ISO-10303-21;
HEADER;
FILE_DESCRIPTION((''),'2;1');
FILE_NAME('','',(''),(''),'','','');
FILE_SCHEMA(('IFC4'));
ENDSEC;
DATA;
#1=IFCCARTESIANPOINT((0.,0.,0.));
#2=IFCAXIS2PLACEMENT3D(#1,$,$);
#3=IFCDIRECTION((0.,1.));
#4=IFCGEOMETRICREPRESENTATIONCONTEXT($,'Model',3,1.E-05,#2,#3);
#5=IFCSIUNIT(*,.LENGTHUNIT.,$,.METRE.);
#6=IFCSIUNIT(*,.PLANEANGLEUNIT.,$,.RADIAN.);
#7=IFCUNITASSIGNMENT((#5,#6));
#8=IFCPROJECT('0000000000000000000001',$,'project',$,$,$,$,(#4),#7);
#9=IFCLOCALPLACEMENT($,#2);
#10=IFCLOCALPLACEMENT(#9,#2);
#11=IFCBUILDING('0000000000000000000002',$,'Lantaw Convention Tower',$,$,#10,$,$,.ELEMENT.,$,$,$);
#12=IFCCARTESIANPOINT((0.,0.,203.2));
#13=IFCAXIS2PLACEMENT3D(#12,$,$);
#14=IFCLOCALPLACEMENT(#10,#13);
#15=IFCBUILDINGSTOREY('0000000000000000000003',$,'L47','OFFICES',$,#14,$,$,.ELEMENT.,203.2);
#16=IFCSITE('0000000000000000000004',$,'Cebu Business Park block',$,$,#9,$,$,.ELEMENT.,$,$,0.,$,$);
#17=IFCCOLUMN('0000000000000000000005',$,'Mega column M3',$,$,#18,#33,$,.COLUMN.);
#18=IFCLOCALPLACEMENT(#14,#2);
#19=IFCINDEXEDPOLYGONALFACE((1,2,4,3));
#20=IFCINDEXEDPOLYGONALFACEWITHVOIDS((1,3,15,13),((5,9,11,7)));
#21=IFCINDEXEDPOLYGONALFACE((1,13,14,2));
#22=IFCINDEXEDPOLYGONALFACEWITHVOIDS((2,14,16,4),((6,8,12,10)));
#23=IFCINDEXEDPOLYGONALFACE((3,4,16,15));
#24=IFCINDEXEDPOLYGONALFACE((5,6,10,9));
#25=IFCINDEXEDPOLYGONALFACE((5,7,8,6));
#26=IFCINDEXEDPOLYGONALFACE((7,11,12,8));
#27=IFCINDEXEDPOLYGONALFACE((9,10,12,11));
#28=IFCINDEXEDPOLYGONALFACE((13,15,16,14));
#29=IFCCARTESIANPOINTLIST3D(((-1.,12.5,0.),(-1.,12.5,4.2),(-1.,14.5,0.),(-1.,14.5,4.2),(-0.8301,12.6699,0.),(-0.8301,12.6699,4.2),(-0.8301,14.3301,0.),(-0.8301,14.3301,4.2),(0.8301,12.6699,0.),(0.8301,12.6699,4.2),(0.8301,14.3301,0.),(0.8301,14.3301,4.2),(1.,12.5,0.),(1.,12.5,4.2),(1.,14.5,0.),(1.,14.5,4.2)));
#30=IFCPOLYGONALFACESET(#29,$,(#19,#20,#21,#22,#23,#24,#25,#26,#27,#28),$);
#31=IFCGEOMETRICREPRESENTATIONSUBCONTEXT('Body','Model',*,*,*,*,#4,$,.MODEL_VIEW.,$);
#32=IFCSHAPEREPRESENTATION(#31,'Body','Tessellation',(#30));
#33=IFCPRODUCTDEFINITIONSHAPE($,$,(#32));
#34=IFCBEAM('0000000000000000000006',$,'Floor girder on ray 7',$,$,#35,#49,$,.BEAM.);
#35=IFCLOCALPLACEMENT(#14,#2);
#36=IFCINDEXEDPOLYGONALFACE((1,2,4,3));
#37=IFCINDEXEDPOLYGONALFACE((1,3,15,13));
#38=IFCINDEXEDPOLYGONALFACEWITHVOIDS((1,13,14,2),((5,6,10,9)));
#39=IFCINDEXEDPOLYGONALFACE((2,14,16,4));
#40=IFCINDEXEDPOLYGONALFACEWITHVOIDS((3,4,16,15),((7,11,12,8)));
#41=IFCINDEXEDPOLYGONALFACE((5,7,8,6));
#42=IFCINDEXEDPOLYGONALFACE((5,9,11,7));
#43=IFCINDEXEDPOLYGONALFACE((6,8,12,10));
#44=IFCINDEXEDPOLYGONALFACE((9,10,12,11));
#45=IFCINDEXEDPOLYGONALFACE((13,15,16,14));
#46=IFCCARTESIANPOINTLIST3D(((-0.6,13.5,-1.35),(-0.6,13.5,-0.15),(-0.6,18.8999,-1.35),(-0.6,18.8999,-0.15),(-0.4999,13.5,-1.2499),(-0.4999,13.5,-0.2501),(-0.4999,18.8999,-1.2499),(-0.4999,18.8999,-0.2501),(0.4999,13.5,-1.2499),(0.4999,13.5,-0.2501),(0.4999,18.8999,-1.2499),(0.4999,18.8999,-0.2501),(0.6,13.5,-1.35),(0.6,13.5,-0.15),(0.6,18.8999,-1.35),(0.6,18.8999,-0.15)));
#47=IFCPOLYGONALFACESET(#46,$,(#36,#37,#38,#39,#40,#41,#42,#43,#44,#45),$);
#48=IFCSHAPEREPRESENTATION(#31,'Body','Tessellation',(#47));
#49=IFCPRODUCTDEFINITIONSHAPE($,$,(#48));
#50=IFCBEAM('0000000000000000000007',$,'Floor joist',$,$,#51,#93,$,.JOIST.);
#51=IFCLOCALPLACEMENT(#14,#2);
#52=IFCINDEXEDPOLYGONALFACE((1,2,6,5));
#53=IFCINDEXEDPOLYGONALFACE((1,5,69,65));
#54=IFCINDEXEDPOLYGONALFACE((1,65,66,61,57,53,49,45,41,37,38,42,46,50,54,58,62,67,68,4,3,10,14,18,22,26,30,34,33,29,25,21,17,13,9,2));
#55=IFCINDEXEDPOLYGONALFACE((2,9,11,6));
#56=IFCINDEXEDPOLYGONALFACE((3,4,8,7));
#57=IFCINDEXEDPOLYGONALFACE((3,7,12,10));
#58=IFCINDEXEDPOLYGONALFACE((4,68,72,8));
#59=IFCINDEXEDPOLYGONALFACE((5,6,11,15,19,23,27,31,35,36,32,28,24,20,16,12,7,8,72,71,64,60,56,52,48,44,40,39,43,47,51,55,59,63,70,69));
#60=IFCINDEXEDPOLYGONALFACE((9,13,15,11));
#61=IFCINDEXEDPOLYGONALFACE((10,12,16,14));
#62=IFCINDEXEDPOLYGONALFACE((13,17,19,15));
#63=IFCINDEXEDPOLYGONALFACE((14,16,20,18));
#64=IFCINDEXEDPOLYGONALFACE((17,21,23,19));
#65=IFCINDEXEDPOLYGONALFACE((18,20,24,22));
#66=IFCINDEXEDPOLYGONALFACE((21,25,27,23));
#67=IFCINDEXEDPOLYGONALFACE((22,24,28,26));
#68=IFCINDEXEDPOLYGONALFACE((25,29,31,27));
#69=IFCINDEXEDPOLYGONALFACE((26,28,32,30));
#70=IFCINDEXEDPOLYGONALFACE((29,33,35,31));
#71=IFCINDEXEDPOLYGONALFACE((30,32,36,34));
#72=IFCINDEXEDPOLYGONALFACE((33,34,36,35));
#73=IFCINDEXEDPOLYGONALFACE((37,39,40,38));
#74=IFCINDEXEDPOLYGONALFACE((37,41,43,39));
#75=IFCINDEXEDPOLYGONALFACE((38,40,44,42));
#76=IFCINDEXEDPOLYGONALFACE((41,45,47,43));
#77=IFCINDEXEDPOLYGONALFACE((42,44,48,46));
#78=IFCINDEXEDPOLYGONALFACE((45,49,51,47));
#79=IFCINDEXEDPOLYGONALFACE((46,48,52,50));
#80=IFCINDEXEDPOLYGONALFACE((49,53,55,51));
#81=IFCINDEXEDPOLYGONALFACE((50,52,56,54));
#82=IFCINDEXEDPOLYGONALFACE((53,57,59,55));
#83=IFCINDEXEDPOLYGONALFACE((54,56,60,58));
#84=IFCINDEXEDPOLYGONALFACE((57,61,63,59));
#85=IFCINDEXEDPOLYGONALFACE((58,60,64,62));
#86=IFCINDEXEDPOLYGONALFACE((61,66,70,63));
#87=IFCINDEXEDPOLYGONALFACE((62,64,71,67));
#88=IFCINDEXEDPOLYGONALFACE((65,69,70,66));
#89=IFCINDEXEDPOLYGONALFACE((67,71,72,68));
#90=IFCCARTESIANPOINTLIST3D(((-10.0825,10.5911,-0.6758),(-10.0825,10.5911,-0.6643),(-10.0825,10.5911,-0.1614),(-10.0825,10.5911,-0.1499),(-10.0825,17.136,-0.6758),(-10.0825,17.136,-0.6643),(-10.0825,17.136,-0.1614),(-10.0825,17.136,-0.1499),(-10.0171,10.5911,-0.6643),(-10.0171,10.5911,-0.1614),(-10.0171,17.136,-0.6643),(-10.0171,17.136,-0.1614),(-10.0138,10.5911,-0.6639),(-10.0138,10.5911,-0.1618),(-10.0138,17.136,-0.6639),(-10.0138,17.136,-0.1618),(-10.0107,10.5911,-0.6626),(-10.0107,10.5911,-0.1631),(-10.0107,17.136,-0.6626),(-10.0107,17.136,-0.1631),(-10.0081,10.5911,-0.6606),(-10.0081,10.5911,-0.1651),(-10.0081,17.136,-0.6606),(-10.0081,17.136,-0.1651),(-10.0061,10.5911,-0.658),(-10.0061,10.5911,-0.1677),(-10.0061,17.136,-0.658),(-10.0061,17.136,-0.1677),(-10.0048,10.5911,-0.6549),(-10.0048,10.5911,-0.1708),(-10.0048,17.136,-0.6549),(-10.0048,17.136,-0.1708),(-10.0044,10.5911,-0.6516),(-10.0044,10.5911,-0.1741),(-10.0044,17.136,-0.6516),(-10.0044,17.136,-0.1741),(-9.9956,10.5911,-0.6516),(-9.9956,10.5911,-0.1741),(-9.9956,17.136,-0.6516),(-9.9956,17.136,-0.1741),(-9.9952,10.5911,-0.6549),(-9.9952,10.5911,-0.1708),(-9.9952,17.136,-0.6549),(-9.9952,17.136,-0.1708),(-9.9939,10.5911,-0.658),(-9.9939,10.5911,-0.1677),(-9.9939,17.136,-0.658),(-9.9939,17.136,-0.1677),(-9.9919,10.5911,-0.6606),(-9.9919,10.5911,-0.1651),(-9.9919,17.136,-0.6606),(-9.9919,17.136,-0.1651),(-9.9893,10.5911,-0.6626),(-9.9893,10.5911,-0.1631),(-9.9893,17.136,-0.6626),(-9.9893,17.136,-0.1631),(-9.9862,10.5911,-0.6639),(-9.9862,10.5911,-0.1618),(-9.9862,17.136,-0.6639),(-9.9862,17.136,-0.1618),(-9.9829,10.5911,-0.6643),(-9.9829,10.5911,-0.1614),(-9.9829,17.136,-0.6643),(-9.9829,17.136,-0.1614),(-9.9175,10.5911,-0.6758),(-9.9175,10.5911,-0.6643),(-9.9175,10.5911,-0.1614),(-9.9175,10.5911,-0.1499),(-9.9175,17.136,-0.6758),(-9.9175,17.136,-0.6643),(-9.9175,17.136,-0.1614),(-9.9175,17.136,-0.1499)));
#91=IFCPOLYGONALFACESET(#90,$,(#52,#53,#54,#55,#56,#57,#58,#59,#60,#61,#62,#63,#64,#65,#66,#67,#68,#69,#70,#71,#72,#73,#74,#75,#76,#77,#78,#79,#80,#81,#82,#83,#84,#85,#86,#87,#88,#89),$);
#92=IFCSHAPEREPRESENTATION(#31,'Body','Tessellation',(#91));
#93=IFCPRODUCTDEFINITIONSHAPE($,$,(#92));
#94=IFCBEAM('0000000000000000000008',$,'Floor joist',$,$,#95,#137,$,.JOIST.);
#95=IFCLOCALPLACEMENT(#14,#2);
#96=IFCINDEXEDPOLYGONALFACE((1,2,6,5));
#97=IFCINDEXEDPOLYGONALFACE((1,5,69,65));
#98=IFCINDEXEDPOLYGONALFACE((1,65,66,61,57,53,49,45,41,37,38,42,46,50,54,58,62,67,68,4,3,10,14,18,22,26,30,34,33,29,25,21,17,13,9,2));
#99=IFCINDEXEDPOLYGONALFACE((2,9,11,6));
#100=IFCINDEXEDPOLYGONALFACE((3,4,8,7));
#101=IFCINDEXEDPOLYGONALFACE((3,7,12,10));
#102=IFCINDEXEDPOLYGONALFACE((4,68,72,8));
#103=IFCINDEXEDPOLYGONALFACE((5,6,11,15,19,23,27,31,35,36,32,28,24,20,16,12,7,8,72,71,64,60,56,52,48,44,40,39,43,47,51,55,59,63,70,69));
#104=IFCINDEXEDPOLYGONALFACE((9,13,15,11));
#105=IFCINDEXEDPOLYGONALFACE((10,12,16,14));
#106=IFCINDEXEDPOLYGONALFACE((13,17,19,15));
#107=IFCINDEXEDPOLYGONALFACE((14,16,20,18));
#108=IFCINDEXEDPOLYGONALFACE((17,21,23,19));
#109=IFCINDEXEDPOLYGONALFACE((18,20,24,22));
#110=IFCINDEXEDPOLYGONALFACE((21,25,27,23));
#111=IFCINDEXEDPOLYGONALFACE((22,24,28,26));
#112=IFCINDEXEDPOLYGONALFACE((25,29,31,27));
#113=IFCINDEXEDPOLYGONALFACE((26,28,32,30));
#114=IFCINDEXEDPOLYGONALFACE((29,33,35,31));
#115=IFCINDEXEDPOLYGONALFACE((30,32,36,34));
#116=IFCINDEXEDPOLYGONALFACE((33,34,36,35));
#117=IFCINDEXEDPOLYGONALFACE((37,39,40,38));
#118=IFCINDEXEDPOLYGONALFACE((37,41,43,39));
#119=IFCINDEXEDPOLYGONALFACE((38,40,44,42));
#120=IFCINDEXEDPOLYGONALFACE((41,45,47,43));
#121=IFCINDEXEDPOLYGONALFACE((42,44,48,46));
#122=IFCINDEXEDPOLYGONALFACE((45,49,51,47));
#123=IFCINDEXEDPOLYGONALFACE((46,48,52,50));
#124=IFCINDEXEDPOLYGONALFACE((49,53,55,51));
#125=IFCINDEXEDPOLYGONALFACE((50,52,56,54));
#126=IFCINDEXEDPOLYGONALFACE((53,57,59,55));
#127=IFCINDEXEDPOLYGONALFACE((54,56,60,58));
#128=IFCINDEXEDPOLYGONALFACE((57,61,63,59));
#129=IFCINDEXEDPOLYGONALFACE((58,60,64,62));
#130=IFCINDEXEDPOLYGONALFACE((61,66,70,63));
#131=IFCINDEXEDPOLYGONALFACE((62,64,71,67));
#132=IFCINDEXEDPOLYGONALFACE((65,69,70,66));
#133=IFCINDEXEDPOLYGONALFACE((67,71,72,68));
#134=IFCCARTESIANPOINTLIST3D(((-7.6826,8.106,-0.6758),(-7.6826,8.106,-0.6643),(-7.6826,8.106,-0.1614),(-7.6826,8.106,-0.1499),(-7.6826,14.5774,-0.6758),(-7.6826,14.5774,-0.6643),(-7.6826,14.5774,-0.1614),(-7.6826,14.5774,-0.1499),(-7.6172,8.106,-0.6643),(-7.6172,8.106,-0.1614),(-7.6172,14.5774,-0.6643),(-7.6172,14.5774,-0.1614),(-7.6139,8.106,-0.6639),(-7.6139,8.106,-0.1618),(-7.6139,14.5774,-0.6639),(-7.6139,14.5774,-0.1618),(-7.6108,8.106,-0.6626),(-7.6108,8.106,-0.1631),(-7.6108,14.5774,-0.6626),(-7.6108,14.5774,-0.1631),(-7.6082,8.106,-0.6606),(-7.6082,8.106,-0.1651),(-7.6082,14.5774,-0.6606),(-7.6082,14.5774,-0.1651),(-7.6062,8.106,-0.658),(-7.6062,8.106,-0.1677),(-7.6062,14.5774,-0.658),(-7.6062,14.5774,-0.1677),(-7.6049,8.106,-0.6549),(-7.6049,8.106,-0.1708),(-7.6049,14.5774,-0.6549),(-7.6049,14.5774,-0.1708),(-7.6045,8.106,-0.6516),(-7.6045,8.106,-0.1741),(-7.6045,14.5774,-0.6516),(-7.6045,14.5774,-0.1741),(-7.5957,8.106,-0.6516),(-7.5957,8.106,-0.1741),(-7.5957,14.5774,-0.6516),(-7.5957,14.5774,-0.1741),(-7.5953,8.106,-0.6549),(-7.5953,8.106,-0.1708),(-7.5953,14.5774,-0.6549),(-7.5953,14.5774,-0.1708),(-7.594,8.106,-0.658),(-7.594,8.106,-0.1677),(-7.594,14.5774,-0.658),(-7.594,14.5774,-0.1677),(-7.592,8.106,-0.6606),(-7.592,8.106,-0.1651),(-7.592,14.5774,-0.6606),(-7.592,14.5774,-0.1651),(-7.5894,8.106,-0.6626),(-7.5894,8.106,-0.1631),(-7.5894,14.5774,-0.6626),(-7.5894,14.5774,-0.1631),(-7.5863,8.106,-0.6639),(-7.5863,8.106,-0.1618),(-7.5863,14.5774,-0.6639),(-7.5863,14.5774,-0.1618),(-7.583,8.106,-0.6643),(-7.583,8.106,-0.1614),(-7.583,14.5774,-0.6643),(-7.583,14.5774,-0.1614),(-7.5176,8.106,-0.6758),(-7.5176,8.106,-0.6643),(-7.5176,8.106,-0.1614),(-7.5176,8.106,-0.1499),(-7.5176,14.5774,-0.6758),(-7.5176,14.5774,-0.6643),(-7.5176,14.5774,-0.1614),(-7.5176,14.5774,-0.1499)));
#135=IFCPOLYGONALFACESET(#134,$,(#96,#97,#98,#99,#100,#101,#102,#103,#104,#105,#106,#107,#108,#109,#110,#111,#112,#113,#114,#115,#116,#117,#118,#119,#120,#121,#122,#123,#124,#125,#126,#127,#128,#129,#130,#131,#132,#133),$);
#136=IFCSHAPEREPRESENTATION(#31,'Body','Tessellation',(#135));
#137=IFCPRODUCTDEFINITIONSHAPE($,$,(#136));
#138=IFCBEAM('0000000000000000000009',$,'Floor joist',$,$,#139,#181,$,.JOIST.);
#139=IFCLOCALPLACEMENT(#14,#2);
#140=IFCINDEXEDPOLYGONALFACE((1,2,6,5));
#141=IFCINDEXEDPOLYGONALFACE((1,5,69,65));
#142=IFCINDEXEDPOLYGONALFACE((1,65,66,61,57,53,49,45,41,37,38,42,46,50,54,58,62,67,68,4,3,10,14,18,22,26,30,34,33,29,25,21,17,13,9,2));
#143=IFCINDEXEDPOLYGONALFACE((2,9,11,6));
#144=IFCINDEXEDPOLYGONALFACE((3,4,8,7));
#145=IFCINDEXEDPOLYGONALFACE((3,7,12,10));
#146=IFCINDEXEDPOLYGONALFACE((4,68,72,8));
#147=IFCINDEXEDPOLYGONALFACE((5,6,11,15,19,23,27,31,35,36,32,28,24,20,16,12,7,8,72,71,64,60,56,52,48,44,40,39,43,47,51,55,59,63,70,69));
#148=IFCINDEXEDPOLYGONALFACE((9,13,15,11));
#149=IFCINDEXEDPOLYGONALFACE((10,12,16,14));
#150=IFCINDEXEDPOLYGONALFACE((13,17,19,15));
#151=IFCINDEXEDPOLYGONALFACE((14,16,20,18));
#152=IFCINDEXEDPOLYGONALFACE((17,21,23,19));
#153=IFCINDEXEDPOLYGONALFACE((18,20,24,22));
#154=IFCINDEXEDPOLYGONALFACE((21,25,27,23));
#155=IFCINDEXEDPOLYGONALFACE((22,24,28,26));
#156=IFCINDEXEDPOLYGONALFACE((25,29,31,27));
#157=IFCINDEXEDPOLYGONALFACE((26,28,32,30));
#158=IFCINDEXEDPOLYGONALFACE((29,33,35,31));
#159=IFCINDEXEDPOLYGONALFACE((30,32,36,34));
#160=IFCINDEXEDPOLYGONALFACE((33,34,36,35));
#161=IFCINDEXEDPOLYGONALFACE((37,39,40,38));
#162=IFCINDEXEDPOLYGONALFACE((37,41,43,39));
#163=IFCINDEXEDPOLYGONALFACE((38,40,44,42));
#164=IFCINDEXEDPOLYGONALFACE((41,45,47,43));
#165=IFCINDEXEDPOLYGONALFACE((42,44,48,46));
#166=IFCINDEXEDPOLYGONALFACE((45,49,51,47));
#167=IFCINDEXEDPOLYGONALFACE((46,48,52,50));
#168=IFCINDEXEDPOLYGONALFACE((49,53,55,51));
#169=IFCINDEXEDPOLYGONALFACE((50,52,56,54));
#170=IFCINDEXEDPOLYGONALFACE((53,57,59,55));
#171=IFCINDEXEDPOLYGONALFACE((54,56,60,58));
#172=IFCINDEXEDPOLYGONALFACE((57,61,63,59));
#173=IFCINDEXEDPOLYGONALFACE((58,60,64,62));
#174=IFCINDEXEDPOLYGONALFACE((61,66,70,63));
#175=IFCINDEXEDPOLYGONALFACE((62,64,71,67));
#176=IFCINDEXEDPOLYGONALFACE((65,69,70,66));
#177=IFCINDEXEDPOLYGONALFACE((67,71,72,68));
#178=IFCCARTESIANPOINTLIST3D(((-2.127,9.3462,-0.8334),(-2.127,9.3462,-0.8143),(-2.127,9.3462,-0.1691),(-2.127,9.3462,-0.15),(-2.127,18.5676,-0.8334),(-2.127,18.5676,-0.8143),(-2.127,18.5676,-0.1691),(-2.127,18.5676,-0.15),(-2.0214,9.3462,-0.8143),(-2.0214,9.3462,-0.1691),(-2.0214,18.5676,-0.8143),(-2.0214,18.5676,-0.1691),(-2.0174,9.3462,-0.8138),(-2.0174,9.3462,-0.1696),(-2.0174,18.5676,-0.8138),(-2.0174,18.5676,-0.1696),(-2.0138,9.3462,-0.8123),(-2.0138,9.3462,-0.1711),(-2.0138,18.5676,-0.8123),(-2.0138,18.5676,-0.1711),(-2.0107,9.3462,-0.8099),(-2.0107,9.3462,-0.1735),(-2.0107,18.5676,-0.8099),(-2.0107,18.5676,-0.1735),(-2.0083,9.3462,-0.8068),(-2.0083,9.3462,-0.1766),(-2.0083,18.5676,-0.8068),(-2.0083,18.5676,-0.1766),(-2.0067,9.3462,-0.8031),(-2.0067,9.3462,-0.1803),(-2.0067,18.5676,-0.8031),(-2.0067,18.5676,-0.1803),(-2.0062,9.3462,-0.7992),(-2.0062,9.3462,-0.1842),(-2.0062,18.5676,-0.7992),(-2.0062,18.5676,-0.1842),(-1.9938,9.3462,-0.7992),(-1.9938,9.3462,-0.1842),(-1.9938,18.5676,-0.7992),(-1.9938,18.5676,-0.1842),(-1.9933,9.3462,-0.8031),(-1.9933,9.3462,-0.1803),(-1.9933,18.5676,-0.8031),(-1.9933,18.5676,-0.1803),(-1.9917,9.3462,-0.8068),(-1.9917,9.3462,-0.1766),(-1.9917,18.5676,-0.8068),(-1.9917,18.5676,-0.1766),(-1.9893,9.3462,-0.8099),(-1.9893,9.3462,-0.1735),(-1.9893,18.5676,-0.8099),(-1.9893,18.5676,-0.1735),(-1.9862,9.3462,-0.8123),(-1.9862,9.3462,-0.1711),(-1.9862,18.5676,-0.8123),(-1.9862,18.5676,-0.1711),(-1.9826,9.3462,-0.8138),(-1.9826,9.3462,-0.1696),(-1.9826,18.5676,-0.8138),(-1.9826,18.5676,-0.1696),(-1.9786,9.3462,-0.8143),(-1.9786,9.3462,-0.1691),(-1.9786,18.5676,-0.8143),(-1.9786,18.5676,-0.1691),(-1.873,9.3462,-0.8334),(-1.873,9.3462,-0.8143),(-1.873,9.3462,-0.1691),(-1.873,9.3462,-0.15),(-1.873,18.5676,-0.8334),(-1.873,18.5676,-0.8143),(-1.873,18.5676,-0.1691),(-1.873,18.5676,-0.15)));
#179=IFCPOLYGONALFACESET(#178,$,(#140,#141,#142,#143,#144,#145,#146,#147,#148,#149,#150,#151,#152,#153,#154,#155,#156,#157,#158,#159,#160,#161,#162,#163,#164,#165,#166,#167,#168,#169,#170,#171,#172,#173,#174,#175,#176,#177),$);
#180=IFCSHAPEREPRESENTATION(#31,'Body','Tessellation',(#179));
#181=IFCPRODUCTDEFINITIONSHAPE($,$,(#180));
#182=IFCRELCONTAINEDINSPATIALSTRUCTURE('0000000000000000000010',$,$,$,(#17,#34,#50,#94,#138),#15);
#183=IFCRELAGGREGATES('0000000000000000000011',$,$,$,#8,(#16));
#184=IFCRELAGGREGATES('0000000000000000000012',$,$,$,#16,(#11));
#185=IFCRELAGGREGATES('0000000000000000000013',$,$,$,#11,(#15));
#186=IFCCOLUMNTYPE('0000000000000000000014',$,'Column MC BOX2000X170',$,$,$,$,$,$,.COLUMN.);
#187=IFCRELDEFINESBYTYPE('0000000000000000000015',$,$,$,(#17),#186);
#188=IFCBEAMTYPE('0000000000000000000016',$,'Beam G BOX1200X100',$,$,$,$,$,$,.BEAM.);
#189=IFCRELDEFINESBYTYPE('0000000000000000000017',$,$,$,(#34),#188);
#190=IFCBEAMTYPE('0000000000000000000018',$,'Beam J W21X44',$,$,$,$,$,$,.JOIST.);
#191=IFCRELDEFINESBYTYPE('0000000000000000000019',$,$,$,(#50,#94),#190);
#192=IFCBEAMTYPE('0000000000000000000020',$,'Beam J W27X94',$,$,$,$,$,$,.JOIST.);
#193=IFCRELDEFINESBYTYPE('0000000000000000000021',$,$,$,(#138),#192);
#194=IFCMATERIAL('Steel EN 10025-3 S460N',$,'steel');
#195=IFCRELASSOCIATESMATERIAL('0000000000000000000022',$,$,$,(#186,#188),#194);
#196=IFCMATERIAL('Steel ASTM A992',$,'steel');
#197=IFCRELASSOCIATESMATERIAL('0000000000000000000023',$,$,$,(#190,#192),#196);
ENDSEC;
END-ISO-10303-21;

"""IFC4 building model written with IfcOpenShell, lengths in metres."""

from ifc_helpers import new_model, si_unit, direction, frame, origin, origin_2d, place, context, subcontext, project, spatial, rectangle, hollow_rectangle, i_section, extrude, material, material_profile, profile_set, type_object, element, save


model = new_model("IFC4")

# Units and contexts
model_context = context("Model", 3, precision=1e-05, world=origin(), true_north=direction((0.0, 1.0)))
body_context = subcontext(model_context, "Body", "Model", "MODEL_VIEW")
ifc_project = project(units=[si_unit("LENGTHUNIT", "METRE"), si_unit("PLANEANGLEUNIT", "RADIAN")], contexts=[model_context])

# Site, building, storey
site_placement = place(None, origin())
site = spatial("IfcSite", under=ifc_project, at=site_placement, Name="Cebu Business Park block", CompositionType="ELEMENT", RefElevation=0.0)
building_placement = place(site_placement, origin())
building = spatial("IfcBuilding", under=site, at=building_placement, Name="Lantaw Convention Tower", CompositionType="ELEMENT")
storey_placement = place(building_placement, frame((0.0, 0.0, 203.2)))
storey = spatial("IfcBuildingStorey", under=building, at=storey_placement, Name="L47", Description="OFFICES", CompositionType="ELEMENT", Elevation=203.2)

# Column
ifc_material_1 = material(Name="Steel EN 10025-3 S460N", Category="steel")
ifc_material_profile_1 = material_profile(ifc_material_1, hollow_rectangle(XDim=2.0, YDim=2.0, WallThickness=0.1699, at=origin_2d()), Name="BOX2000X170")
ifc_material_2 = material(Name="Concrete C60/75", Category="concrete")
ifc_material_profile_2 = material_profile(ifc_material_2, rectangle(XDim=1.6599, YDim=1.6599, at=origin_2d()), Name="Concrete fill of BOX2000X170")
ifc_profile_set_1 = profile_set([ifc_material_profile_1, ifc_material_profile_2], Name="Steel EN 10025-3 S460N")
column_type = type_object("IfcColumnType", Name="Column MC BOX2000X170", PredefinedType="COLUMN", material=ifc_profile_set_1)
column_placement = place(storey_placement, frame((0.0, 13.5, 0.0), z_axis=(0.0, 0.0, 1.0), x_axis=(1.0, 0.0, 0.0)))
element("IfcColumn", 1, at=column_placement, inside=storey, type_object=column_type, Name="Mega column M3", PredefinedType="COLUMN", context=body_context, shape_type="SweptSolid", body=[
    extrude(hollow_rectangle(XDim=2.0, YDim=2.0, WallThickness=0.1699, at=origin_2d()), origin(), (0.0, 0.0, 1.0), 4.2),
])

# Beams
ifc_material_profile_3 = material_profile(ifc_material_1, hollow_rectangle(XDim=1.2, YDim=1.2, WallThickness=0.1001, at=origin_2d()), Name="BOX1200X100")
ifc_profile_set_2 = profile_set([ifc_material_profile_3], Name="Steel EN 10025-3 S460N")
beam_type_1 = type_object("IfcBeamType", Name="Beam G BOX1200X100", PredefinedType="BEAM", material=ifc_profile_set_2)
beam_1_placement = place(storey_placement, frame((0.0, 13.5, -0.75), z_axis=(0.0, 1.0, 0.0), x_axis=(-1.0, 0.0, 0.0)))
element("IfcBeam", 2, at=beam_1_placement, inside=storey, type_object=beam_type_1, Name="Floor girder on ray 7", PredefinedType="BEAM", context=body_context, shape_type="SweptSolid", body=[
    extrude(hollow_rectangle(XDim=1.2, YDim=1.2, WallThickness=0.1001, at=origin_2d()), origin(), (0.0, 0.0, 1.0), 5.3999),
])
ifc_material_3 = material(Name="Steel ASTM A992", Category="steel")
ifc_material_profile_4 = material_profile(ifc_material_3, i_section(OverallWidth=0.165, OverallDepth=0.5259, WebThickness=0.0088, FlangeThickness=0.0115, FilletRadius=0.0127, at=origin_2d()), Name="W21X44")
ifc_profile_set_3 = profile_set([ifc_material_profile_4], Name="Steel ASTM A992")
beam_type_2 = type_object("IfcBeamType", Name="Beam J W21X44", PredefinedType="JOIST", material=ifc_profile_set_3)
beam_2_placement = place(storey_placement, frame((-10.0, 10.5911, -0.4128), z_axis=(0.0, 1.0, 0.0), x_axis=(-1.0, 0.0, 0.0)))
element("IfcBeam", 3, at=beam_2_placement, inside=storey, type_object=beam_type_2, Name="Floor joist", PredefinedType="JOIST", context=body_context, shape_type="SweptSolid", body=[
    extrude(i_section(OverallWidth=0.165, OverallDepth=0.5259, WebThickness=0.0088, FlangeThickness=0.0115, FilletRadius=0.0127, at=origin_2d()), origin(), (0.0, 0.0, 1.0), 6.5449),
])
beam_3_placement = place(storey_placement, frame((-7.6001, 8.106, -0.4128), z_axis=(0.0, 1.0, 0.0), x_axis=(-1.0, 0.0, 0.0)))
element("IfcBeam", 4, at=beam_3_placement, inside=storey, type_object=beam_type_2, Name="Floor joist", PredefinedType="JOIST", context=body_context, shape_type="SweptSolid", body=[
    extrude(i_section(OverallWidth=0.165, OverallDepth=0.5259, WebThickness=0.0088, FlangeThickness=0.0115, FilletRadius=0.0127, at=origin_2d()), origin(), (0.0, 0.0, 1.0), 6.4714),
])
ifc_material_profile_5 = material_profile(ifc_material_3, i_section(OverallWidth=0.2539, OverallDepth=0.6833, WebThickness=0.0125, FlangeThickness=0.019, FilletRadius=0.0151, at=origin_2d()), Name="W27X94")
ifc_profile_set_4 = profile_set([ifc_material_profile_5], Name="Steel ASTM A992")
beam_type_3 = type_object("IfcBeamType", Name="Beam J W27X94", PredefinedType="JOIST", material=ifc_profile_set_4)
beam_4_placement = place(storey_placement, frame((-2.0, 9.3462, -0.4917), z_axis=(0.0, 1.0, 0.0), x_axis=(-1.0, 0.0, 0.0)))
element("IfcBeam", 5, at=beam_4_placement, inside=storey, type_object=beam_type_3, Name="Floor joist", PredefinedType="JOIST", context=body_context, shape_type="SweptSolid", body=[
    extrude(i_section(OverallWidth=0.2539, OverallDepth=0.6833, WebThickness=0.0125, FlangeThickness=0.019, FilletRadius=0.0151, at=origin_2d()), origin(), (0.0, 0.0, 1.0), 9.2214),
])

save(model, "model.ifc")
